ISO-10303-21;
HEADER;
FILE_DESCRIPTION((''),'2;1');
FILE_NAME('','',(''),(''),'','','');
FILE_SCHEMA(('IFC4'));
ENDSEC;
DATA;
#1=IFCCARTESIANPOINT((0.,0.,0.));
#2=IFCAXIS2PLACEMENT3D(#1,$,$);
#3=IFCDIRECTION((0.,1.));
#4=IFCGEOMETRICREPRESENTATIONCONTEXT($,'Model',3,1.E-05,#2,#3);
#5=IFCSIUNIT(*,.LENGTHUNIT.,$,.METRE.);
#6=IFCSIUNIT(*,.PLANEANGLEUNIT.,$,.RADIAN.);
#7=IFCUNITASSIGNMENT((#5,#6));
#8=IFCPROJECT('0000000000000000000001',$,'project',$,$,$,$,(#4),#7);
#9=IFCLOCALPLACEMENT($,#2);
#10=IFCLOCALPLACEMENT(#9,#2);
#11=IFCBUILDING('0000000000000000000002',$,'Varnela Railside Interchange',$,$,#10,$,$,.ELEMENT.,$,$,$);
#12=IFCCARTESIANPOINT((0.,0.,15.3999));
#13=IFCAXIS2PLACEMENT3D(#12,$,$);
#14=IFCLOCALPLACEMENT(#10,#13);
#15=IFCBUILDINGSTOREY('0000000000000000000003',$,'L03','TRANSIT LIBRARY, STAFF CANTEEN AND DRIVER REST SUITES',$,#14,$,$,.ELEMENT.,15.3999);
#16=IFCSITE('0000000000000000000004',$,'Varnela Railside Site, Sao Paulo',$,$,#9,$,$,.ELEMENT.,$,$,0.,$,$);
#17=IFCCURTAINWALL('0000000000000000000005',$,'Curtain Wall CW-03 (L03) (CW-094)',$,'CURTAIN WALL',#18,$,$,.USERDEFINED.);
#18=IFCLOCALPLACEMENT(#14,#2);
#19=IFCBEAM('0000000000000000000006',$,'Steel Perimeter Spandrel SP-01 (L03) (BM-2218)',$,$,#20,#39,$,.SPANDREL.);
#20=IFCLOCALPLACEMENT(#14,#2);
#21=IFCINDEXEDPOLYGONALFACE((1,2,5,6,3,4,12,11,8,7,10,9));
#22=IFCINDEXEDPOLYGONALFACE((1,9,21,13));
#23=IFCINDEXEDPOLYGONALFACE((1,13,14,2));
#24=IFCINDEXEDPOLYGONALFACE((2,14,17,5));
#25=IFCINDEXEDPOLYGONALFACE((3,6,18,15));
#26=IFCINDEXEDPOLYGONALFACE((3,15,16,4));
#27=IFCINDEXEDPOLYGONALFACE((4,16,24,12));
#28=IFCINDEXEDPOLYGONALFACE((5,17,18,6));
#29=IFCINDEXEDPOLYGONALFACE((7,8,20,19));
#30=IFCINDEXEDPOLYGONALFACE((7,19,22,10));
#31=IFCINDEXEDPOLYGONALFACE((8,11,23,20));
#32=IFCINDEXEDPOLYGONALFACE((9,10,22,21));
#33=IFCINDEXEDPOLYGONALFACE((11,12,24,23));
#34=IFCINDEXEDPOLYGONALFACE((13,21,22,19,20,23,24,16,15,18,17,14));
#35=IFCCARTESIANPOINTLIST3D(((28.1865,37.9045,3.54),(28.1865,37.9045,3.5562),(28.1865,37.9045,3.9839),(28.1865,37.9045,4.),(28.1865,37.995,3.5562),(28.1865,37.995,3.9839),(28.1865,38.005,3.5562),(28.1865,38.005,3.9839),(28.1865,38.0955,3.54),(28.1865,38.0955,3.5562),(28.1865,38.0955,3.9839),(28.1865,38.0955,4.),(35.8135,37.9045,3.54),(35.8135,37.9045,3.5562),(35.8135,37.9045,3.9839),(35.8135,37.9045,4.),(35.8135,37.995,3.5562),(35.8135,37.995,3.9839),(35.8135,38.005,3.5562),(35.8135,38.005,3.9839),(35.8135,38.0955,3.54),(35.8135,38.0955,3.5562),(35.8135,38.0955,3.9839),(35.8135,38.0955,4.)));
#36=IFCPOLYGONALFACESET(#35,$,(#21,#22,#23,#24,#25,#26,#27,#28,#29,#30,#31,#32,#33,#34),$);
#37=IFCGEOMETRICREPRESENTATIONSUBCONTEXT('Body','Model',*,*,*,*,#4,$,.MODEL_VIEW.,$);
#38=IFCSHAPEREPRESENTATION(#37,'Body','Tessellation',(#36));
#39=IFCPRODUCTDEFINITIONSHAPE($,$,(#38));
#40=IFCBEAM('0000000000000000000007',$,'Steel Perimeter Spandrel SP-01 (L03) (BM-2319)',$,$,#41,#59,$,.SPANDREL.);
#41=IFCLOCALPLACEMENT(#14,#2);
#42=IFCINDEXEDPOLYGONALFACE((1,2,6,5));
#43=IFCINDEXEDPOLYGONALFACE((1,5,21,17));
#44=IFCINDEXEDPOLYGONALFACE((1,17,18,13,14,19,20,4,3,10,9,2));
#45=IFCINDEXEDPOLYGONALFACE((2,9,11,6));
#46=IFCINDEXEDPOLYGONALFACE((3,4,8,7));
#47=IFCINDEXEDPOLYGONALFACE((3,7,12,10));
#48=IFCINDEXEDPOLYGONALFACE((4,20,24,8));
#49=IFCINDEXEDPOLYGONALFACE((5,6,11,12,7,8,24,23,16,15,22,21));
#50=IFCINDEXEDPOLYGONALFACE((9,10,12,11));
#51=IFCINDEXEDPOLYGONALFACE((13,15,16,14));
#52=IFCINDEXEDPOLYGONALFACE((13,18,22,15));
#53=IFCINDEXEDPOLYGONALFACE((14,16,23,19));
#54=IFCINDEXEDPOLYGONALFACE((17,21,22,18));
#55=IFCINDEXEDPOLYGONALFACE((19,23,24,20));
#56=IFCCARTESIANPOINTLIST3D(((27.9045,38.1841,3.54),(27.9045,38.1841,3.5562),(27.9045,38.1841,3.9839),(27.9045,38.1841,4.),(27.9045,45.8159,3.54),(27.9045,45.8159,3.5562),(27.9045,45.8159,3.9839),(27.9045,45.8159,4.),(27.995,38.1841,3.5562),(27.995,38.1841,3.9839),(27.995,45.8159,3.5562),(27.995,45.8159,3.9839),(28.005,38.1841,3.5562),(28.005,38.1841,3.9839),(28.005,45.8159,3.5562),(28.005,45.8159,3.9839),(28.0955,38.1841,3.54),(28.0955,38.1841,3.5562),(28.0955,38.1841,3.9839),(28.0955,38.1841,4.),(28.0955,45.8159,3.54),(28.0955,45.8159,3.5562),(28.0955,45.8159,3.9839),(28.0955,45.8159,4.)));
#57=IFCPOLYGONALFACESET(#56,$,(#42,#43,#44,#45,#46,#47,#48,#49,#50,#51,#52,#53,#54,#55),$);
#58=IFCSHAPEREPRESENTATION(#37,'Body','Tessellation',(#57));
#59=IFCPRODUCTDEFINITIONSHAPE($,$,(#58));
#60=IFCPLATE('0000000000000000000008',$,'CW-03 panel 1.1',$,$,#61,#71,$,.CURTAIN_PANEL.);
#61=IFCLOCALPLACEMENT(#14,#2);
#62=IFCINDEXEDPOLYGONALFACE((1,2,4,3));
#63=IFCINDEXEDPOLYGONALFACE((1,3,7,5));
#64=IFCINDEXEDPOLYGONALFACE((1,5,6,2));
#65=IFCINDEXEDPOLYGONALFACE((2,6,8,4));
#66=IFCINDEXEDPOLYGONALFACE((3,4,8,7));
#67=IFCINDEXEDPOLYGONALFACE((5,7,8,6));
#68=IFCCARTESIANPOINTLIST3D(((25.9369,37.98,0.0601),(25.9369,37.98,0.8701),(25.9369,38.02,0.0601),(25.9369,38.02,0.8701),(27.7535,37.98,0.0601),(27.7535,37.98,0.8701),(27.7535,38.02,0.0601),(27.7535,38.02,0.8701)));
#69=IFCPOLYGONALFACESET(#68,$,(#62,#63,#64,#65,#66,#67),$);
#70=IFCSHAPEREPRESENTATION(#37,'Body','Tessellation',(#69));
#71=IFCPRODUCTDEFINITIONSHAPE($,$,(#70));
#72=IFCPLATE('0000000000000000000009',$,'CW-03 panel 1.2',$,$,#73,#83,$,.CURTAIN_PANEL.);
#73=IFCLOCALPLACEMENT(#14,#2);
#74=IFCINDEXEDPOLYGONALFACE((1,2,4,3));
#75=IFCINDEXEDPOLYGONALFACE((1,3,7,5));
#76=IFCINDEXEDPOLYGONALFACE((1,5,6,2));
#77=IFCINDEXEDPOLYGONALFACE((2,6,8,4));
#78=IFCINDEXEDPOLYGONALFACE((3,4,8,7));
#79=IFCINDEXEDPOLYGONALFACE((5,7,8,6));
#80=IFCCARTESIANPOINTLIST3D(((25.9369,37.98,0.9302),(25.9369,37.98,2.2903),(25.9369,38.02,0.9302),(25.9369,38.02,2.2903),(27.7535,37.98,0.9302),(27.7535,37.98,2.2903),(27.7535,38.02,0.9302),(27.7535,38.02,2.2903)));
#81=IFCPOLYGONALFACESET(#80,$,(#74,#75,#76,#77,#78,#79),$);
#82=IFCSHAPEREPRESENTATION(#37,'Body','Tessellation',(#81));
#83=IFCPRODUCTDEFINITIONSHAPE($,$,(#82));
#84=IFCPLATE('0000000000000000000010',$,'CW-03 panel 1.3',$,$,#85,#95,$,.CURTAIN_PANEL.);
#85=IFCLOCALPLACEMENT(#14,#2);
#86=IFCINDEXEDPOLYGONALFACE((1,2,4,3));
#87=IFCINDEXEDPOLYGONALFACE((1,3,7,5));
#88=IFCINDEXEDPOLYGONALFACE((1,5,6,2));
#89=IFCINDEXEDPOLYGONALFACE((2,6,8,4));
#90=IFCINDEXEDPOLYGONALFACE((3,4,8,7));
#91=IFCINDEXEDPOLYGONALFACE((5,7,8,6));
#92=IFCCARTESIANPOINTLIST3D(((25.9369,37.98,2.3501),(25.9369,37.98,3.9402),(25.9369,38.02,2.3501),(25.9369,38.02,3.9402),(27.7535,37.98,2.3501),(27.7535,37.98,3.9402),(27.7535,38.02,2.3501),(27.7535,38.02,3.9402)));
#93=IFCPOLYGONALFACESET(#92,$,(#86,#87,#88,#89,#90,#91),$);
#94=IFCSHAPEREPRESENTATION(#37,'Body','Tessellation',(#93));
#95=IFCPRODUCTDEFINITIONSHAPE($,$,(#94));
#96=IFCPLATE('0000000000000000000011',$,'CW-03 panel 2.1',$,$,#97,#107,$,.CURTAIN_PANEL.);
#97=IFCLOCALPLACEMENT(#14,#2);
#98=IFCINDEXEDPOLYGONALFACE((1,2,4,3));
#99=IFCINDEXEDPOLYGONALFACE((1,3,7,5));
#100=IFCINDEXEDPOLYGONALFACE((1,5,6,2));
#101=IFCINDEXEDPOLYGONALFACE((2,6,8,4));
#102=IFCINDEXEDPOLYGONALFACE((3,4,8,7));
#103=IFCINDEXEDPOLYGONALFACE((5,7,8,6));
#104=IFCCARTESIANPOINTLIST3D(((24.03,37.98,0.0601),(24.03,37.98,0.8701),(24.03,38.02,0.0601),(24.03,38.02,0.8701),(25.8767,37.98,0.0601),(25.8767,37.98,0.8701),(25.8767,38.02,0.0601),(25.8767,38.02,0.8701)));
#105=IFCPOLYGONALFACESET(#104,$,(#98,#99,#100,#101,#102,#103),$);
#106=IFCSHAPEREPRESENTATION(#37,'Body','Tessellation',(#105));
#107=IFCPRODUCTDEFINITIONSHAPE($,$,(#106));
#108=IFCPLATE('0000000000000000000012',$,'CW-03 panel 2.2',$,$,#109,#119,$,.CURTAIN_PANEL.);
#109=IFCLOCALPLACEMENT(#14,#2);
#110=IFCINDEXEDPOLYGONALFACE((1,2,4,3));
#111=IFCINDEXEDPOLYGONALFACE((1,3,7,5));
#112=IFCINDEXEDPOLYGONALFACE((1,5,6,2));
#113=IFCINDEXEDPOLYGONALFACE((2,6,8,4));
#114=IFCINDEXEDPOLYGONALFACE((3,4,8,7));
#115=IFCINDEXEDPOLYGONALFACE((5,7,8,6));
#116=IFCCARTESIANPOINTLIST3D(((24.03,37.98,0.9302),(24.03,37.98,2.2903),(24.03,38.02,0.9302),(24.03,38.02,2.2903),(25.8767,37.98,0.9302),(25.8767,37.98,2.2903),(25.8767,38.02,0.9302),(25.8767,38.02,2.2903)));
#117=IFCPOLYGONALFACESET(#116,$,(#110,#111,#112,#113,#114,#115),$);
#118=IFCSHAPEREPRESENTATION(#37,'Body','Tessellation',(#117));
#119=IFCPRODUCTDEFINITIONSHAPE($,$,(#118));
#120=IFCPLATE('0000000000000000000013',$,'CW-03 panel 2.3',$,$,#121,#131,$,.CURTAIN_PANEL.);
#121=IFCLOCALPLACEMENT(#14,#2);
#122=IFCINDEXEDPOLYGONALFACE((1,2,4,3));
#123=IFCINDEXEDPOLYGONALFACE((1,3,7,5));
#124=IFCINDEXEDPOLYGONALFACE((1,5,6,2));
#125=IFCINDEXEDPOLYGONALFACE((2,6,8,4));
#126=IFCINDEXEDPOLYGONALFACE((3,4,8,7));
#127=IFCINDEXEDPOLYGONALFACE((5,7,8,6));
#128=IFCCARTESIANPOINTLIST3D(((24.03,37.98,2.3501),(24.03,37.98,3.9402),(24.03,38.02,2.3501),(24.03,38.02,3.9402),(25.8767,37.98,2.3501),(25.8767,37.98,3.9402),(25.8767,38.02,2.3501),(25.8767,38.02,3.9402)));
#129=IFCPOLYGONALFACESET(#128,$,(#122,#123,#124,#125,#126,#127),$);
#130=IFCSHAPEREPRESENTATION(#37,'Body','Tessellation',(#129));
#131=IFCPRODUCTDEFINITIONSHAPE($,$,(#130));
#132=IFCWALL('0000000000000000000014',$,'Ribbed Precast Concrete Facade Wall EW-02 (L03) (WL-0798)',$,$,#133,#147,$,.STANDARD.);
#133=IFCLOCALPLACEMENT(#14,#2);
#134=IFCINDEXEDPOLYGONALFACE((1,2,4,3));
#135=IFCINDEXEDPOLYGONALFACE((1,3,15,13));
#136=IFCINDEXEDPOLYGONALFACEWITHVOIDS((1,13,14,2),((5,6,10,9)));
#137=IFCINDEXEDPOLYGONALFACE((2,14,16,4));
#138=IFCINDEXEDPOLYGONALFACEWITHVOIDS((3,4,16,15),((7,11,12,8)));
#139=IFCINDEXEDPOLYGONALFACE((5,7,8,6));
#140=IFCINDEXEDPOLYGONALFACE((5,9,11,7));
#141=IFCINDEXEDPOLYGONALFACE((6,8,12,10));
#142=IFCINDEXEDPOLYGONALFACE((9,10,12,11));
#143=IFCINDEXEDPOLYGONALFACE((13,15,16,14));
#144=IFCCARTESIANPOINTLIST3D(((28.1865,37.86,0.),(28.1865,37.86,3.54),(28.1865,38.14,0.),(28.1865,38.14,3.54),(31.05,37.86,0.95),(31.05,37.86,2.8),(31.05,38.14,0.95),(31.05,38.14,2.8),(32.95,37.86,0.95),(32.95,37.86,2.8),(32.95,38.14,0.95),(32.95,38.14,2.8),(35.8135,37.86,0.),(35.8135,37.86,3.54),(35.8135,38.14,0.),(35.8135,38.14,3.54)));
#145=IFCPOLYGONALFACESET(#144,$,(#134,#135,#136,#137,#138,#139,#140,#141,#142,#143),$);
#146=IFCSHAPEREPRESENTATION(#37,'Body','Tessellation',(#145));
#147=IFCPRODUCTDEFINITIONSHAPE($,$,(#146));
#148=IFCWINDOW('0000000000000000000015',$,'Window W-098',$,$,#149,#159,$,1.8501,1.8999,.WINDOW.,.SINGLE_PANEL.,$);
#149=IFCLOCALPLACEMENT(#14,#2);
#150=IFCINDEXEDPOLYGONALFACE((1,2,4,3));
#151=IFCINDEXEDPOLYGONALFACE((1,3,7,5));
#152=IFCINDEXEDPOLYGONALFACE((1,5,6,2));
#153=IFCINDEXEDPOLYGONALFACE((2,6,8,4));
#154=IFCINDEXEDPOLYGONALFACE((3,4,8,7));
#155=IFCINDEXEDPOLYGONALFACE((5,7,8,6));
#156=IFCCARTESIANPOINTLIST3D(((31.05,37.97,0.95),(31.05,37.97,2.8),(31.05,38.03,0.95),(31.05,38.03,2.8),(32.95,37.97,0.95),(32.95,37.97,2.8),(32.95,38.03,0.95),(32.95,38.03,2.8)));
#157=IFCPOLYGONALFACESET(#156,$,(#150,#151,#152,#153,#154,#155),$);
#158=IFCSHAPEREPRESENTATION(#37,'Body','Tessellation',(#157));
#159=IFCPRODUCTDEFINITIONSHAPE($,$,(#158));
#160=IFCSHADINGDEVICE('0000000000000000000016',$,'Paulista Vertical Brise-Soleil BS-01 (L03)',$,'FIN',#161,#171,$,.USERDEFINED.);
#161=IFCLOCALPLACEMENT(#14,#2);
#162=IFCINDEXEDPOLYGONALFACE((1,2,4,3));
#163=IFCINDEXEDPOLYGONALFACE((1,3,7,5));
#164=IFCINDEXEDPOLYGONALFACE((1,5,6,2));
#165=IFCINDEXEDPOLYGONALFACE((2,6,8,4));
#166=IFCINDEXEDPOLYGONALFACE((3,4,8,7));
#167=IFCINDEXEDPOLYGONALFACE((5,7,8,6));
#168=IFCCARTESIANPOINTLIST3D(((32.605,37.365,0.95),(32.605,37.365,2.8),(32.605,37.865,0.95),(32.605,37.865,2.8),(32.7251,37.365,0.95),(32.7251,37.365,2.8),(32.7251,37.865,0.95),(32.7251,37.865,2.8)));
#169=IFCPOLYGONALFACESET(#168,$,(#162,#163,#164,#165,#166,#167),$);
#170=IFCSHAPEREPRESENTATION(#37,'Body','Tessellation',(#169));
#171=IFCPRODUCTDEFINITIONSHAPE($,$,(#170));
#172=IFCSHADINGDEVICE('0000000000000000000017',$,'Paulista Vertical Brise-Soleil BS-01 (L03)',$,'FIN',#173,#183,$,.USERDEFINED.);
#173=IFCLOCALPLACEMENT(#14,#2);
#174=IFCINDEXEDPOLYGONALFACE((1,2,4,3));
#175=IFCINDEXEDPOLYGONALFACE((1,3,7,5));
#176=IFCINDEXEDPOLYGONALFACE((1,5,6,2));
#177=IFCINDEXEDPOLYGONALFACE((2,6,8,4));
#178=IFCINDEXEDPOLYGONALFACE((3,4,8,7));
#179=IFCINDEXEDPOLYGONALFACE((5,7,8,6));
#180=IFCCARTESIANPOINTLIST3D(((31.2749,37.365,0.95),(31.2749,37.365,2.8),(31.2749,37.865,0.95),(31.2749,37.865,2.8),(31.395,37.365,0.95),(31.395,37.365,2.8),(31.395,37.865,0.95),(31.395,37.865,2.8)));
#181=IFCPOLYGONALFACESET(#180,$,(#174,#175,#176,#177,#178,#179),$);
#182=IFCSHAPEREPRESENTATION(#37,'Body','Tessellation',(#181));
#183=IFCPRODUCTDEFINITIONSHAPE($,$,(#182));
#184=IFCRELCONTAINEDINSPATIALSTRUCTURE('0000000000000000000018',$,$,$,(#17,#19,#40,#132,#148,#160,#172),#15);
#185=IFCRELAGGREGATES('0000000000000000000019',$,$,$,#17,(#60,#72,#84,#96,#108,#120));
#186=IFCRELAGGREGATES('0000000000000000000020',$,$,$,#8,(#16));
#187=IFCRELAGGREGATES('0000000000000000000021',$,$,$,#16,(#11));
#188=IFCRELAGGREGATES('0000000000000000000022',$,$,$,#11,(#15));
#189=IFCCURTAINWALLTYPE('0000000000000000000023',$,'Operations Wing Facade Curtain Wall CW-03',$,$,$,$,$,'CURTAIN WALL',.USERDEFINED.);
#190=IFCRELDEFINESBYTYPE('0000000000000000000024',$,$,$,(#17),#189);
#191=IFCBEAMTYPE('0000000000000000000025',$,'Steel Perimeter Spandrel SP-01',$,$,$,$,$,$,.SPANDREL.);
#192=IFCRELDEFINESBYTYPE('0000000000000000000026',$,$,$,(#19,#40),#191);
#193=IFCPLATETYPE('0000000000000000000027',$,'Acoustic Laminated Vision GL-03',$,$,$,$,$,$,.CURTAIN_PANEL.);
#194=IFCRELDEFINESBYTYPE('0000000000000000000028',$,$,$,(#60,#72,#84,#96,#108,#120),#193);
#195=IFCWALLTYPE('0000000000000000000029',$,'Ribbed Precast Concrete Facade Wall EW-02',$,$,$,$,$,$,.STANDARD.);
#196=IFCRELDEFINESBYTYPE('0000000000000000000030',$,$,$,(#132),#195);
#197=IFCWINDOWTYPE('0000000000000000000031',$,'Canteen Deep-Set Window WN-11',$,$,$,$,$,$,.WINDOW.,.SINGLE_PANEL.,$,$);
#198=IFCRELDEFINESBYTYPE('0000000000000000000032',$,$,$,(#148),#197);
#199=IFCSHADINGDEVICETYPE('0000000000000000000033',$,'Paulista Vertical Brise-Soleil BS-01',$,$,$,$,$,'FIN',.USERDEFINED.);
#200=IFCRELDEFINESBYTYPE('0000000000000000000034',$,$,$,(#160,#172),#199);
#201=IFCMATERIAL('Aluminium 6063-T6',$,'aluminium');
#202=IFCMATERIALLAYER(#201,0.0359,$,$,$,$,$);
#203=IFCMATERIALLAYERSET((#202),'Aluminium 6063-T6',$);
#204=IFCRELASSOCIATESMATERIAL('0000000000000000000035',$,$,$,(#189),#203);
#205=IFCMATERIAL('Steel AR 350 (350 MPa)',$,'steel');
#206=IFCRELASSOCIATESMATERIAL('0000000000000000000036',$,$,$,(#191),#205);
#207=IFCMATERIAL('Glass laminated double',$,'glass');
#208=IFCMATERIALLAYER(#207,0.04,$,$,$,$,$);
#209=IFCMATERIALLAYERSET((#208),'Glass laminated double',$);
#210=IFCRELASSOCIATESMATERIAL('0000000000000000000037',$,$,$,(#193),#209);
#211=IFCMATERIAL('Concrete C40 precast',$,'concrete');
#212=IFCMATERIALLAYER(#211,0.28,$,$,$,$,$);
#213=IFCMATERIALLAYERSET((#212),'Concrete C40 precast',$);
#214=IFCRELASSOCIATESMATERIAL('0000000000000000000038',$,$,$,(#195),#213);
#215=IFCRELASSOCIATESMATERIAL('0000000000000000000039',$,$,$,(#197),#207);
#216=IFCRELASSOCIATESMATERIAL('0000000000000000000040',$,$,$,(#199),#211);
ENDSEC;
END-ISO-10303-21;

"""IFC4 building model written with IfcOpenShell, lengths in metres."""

from ifc_helpers import new_model, si_unit, direction, frame, frame_2d, origin, origin_2d, place, context, subcontext, project, spatial, rectangle, i_section, extrude, material, layer, layer_set, material_profile, profile_set, type_object, element, fill, aggregate, save


model = new_model("IFC4")

# Units and contexts
model_context = context("Model", 3, precision=1e-05, world=origin(), true_north=direction((0.0, 1.0)))
body_context = subcontext(model_context, "Body", "Model", "MODEL_VIEW")
ifc_project = project(units=[si_unit("LENGTHUNIT", "METRE"), si_unit("PLANEANGLEUNIT", "RADIAN")], contexts=[model_context])

# Site, building, storey
site_placement = place(None, origin())
site = spatial("IfcSite", under=ifc_project, at=site_placement, Name="Varnela Railside Site, Sao Paulo", CompositionType="ELEMENT", RefElevation=0.0)
building_placement = place(site_placement, origin())
building = spatial("IfcBuilding", under=site, at=building_placement, Name="Varnela Railside Interchange", CompositionType="ELEMENT")
storey_placement = place(building_placement, frame((0.0, 0.0, 15.3999)))
storey = spatial("IfcBuildingStorey", under=building, at=storey_placement, Name="L03", Description="TRANSIT LIBRARY, STAFF CANTEEN AND DRIVER REST SUITES", CompositionType="ELEMENT", Elevation=15.3999)

# Shared definitions
ifc_material_1 = material(Name="Steel AR 350 (350 MPa)", Category="steel")

# Curtain wall
ifc_material_2 = material(Name="Aluminium 6063-T6", Category="aluminium")
ifc_layer_1 = layer(ifc_material_2, 0.0359)
ifc_layer_set_1 = layer_set([ifc_layer_1], Name="Aluminium 6063-T6")
curtain_wall_type = type_object("IfcCurtainWallType", Name="Operations Wing Facade Curtain Wall CW-03", ElementType="CURTAIN WALL", PredefinedType="USERDEFINED", material=ifc_layer_set_1)
curtain_wall_placement = place(storey_placement, origin())
curtain_wall = element("IfcCurtainWall", 1, at=curtain_wall_placement, inside=storey, type_object=curtain_wall_type, Name="Curtain Wall CW-03 (L03) (CW-094)", ObjectType="CURTAIN WALL", PredefinedType="USERDEFINED")

# Beams
ifc_material_profile_1 = material_profile(ifc_material_1, i_section(OverallWidth=0.1909, OverallDepth=0.46, WebThickness=0.01, FlangeThickness=0.0161, at=origin_2d()), Name="W460x82")
ifc_profile_set_1 = profile_set([ifc_material_profile_1], Name="Steel AR 350 (350 MPa)")
beam_type = type_object("IfcBeamType", Name="Steel Perimeter Spandrel SP-01", PredefinedType="SPANDREL", material=ifc_profile_set_1)
beam_1_placement = place(storey_placement, frame((28.1865, 38.0, 3.77), z_axis=(1.0, 0.0, 0.0), x_axis=(0.0, 1.0, 0.0)))
element("IfcBeam", 2, at=beam_1_placement, inside=storey, type_object=beam_type, Name="Steel Perimeter Spandrel SP-01 (L03) (BM-2218)", PredefinedType="SPANDREL", context=body_context, shape_type="SweptSolid", body=[
    extrude(i_section(OverallWidth=0.1909, OverallDepth=0.46, WebThickness=0.01, FlangeThickness=0.0161, at=origin_2d()), origin(), (0.0, 0.0, 1.0), 7.627),
])
beam_2_placement = place(storey_placement, frame((28.0, 38.1841, 3.77), z_axis=(0.0, 1.0, 0.0), x_axis=(-1.0, 0.0, 0.0)))
element("IfcBeam", 3, at=beam_2_placement, inside=storey, type_object=beam_type, Name="Steel Perimeter Spandrel SP-01 (L03) (BM-2319)", PredefinedType="SPANDREL", context=body_context, shape_type="SweptSolid", body=[
    extrude(i_section(OverallWidth=0.1909, OverallDepth=0.46, WebThickness=0.01, FlangeThickness=0.0161, at=origin_2d()), origin(), (0.0, 0.0, 1.0), 7.6318),
])

# Plates
ifc_material_3 = material(Name="Glass laminated double", Category="glass")
ifc_layer_2 = layer(ifc_material_3, 0.04)
ifc_layer_set_2 = layer_set([ifc_layer_2], Name="Glass laminated double")
plate_type = type_object("IfcPlateType", Name="Acoustic Laminated Vision GL-03", PredefinedType="CURTAIN_PANEL", material=ifc_layer_set_2)
plate_1_placement = place(storey_placement, frame((26.8452, 38.0, 0.0601), z_axis=(0.0, 0.0, 1.0), x_axis=(-1.0, 0.0, 0.0)))
plate_1 = element("IfcPlate", 4, at=plate_1_placement, type_object=plate_type, Name="CW-03 panel 1.1", PredefinedType="CURTAIN_PANEL", context=body_context, shape_type="SweptSolid", body=[
    extrude(rectangle(XDim=1.8167, YDim=0.04, at=origin_2d()), origin(), (0.0, 0.0, 1.0), 0.8101),
])
plate_2_placement = place(storey_placement, frame((26.8452, 38.0, 0.9302), z_axis=(0.0, 0.0, 1.0), x_axis=(-1.0, 0.0, 0.0)))
plate_2 = element("IfcPlate", 5, at=plate_2_placement, type_object=plate_type, Name="CW-03 panel 1.2", PredefinedType="CURTAIN_PANEL", context=body_context, shape_type="SweptSolid", body=[
    extrude(rectangle(XDim=1.8167, YDim=0.04, at=origin_2d()), origin(), (0.0, 0.0, 1.0), 1.3601),
])
plate_3_placement = place(storey_placement, frame((26.8452, 38.0, 2.3501), z_axis=(0.0, 0.0, 1.0), x_axis=(-1.0, 0.0, 0.0)))
plate_3 = element("IfcPlate", 6, at=plate_3_placement, type_object=plate_type, Name="CW-03 panel 1.3", PredefinedType="CURTAIN_PANEL", context=body_context, shape_type="SweptSolid", body=[
    extrude(rectangle(XDim=1.8167, YDim=0.04, at=origin_2d()), origin(), (0.0, 0.0, 1.0), 1.5901),
])
plate_4_placement = place(storey_placement, frame((24.9534, 38.0, 0.0601), z_axis=(0.0, 0.0, 1.0), x_axis=(-1.0, 0.0, 0.0)))
plate_4 = element("IfcPlate", 7, at=plate_4_placement, type_object=plate_type, Name="CW-03 panel 2.1", PredefinedType="CURTAIN_PANEL", context=body_context, shape_type="SweptSolid", body=[
    extrude(rectangle(XDim=1.8467, YDim=0.04, at=origin_2d()), origin(), (0.0, 0.0, 1.0), 0.8101),
])
plate_5_placement = place(storey_placement, frame((24.9534, 38.0, 0.9302), z_axis=(0.0, 0.0, 1.0), x_axis=(-1.0, 0.0, 0.0)))
plate_5 = element("IfcPlate", 8, at=plate_5_placement, type_object=plate_type, Name="CW-03 panel 2.2", PredefinedType="CURTAIN_PANEL", context=body_context, shape_type="SweptSolid", body=[
    extrude(rectangle(XDim=1.8467, YDim=0.04, at=origin_2d()), origin(), (0.0, 0.0, 1.0), 1.3601),
])
plate_6_placement = place(storey_placement, frame((24.9534, 38.0, 2.3501), z_axis=(0.0, 0.0, 1.0), x_axis=(-1.0, 0.0, 0.0)))
plate_6 = element("IfcPlate", 9, at=plate_6_placement, type_object=plate_type, Name="CW-03 panel 2.3", PredefinedType="CURTAIN_PANEL", context=body_context, shape_type="SweptSolid", body=[
    extrude(rectangle(XDim=1.8467, YDim=0.04, at=origin_2d()), origin(), (0.0, 0.0, 1.0), 1.5901),
])
aggregate(curtain_wall, [plate_1, plate_2, plate_3, plate_4, plate_5, plate_6])

# Wall, opening, window
ifc_material_4 = material(Name="Concrete C40 precast", Category="concrete")
ifc_layer_3 = layer(ifc_material_4, 0.28)
ifc_layer_set_3 = layer_set([ifc_layer_3], Name="Concrete C40 precast")
wall_type = type_object("IfcWallType", Name="Ribbed Precast Concrete Facade Wall EW-02", PredefinedType="STANDARD", material=ifc_layer_set_3)
wall_placement = place(storey_placement, frame((35.8135, 38.0, 0.0), z_axis=(0.0, 0.0, 1.0), x_axis=(-1.0, 0.0, 0.0)))
wall = element("IfcWall", 10, at=wall_placement, inside=storey, type_object=wall_type, Name="Ribbed Precast Concrete Facade Wall EW-02 (L03) (WL-0798)", PredefinedType="STANDARD", context=body_context, shape_type="SweptSolid", body=[
    extrude(rectangle(XDim=7.627, YDim=0.28, at=frame_2d((3.8135, 0.0))), origin(), (0.0, 0.0, 1.0), 3.54),
])
opening_placement = place(wall_placement, frame((2.8635, 0.0, 0.95)))
opening = element("IfcOpeningElement", 11, at=opening_placement, cuts=wall, PredefinedType="OPENING", context=body_context, shape_type="SweptSolid", body=[
    extrude(rectangle(XDim=1.8999, YDim=1.8501, at=frame_2d((0.95, 0.925))), frame((0.0, 0.1499, 0.0), z_axis=(0.0, -1.0, 0.0), x_axis=(1.0, 0.0, 0.0)), (0.0, 0.0, 1.0), 0.3),
])
window_type = type_object("IfcWindowType", Name="Canteen Deep-Set Window WN-11", PartitioningType="SINGLE_PANEL", PredefinedType="WINDOW", material=ifc_material_3)
window_placement = place(opening_placement, origin())
window = element("IfcWindow", 12, at=window_placement, inside=storey, type_object=window_type, Name="Window W-098", OverallHeight=1.8501, OverallWidth=1.8999, PartitioningType="SINGLE_PANEL", PredefinedType="WINDOW", context=body_context, shape_type="SweptSolid", body=[
    extrude(rectangle(XDim=1.8999, YDim=1.8501, at=frame_2d((0.95, 0.925))), frame((0.0, 0.03, 0.0), z_axis=(0.0, -1.0, 0.0), x_axis=(1.0, 0.0, 0.0)), (0.0, 0.0, 1.0), 0.0601),
])
fill(opening, window)

# Shading devices
shading_device_type = type_object("IfcShadingDeviceType", Name="Paulista Vertical Brise-Soleil BS-01", ElementType="FIN", PredefinedType="USERDEFINED", material=ifc_material_4)
for number, where, z_axis, x_axis, name in (
    (13, (32.665, 37.615, 0.95), (0.0, 0.0, 1.0), (0.0, -1.0, 0.0), "Paulista Vertical Brise-Soleil BS-01 (L03)"),
    (14, (31.335, 37.615, 0.95), (0.0, 0.0, 1.0), (0.0, -1.0, 0.0), "Paulista Vertical Brise-Soleil BS-01 (L03)"),
):
    element("IfcShadingDevice", number, at=place(storey_placement, frame(where, z_axis=z_axis, x_axis=x_axis)), inside=storey, type_object=shading_device_type, Name=name, ObjectType="FIN", PredefinedType="USERDEFINED", context=body_context, shape_type="SweptSolid", body=[
        extrude(rectangle(XDim=0.5, YDim=0.1201, at=origin_2d()), origin(), (0.0, 0.0, 1.0), 1.8501),
    ])

save(model, "model.ifc")
